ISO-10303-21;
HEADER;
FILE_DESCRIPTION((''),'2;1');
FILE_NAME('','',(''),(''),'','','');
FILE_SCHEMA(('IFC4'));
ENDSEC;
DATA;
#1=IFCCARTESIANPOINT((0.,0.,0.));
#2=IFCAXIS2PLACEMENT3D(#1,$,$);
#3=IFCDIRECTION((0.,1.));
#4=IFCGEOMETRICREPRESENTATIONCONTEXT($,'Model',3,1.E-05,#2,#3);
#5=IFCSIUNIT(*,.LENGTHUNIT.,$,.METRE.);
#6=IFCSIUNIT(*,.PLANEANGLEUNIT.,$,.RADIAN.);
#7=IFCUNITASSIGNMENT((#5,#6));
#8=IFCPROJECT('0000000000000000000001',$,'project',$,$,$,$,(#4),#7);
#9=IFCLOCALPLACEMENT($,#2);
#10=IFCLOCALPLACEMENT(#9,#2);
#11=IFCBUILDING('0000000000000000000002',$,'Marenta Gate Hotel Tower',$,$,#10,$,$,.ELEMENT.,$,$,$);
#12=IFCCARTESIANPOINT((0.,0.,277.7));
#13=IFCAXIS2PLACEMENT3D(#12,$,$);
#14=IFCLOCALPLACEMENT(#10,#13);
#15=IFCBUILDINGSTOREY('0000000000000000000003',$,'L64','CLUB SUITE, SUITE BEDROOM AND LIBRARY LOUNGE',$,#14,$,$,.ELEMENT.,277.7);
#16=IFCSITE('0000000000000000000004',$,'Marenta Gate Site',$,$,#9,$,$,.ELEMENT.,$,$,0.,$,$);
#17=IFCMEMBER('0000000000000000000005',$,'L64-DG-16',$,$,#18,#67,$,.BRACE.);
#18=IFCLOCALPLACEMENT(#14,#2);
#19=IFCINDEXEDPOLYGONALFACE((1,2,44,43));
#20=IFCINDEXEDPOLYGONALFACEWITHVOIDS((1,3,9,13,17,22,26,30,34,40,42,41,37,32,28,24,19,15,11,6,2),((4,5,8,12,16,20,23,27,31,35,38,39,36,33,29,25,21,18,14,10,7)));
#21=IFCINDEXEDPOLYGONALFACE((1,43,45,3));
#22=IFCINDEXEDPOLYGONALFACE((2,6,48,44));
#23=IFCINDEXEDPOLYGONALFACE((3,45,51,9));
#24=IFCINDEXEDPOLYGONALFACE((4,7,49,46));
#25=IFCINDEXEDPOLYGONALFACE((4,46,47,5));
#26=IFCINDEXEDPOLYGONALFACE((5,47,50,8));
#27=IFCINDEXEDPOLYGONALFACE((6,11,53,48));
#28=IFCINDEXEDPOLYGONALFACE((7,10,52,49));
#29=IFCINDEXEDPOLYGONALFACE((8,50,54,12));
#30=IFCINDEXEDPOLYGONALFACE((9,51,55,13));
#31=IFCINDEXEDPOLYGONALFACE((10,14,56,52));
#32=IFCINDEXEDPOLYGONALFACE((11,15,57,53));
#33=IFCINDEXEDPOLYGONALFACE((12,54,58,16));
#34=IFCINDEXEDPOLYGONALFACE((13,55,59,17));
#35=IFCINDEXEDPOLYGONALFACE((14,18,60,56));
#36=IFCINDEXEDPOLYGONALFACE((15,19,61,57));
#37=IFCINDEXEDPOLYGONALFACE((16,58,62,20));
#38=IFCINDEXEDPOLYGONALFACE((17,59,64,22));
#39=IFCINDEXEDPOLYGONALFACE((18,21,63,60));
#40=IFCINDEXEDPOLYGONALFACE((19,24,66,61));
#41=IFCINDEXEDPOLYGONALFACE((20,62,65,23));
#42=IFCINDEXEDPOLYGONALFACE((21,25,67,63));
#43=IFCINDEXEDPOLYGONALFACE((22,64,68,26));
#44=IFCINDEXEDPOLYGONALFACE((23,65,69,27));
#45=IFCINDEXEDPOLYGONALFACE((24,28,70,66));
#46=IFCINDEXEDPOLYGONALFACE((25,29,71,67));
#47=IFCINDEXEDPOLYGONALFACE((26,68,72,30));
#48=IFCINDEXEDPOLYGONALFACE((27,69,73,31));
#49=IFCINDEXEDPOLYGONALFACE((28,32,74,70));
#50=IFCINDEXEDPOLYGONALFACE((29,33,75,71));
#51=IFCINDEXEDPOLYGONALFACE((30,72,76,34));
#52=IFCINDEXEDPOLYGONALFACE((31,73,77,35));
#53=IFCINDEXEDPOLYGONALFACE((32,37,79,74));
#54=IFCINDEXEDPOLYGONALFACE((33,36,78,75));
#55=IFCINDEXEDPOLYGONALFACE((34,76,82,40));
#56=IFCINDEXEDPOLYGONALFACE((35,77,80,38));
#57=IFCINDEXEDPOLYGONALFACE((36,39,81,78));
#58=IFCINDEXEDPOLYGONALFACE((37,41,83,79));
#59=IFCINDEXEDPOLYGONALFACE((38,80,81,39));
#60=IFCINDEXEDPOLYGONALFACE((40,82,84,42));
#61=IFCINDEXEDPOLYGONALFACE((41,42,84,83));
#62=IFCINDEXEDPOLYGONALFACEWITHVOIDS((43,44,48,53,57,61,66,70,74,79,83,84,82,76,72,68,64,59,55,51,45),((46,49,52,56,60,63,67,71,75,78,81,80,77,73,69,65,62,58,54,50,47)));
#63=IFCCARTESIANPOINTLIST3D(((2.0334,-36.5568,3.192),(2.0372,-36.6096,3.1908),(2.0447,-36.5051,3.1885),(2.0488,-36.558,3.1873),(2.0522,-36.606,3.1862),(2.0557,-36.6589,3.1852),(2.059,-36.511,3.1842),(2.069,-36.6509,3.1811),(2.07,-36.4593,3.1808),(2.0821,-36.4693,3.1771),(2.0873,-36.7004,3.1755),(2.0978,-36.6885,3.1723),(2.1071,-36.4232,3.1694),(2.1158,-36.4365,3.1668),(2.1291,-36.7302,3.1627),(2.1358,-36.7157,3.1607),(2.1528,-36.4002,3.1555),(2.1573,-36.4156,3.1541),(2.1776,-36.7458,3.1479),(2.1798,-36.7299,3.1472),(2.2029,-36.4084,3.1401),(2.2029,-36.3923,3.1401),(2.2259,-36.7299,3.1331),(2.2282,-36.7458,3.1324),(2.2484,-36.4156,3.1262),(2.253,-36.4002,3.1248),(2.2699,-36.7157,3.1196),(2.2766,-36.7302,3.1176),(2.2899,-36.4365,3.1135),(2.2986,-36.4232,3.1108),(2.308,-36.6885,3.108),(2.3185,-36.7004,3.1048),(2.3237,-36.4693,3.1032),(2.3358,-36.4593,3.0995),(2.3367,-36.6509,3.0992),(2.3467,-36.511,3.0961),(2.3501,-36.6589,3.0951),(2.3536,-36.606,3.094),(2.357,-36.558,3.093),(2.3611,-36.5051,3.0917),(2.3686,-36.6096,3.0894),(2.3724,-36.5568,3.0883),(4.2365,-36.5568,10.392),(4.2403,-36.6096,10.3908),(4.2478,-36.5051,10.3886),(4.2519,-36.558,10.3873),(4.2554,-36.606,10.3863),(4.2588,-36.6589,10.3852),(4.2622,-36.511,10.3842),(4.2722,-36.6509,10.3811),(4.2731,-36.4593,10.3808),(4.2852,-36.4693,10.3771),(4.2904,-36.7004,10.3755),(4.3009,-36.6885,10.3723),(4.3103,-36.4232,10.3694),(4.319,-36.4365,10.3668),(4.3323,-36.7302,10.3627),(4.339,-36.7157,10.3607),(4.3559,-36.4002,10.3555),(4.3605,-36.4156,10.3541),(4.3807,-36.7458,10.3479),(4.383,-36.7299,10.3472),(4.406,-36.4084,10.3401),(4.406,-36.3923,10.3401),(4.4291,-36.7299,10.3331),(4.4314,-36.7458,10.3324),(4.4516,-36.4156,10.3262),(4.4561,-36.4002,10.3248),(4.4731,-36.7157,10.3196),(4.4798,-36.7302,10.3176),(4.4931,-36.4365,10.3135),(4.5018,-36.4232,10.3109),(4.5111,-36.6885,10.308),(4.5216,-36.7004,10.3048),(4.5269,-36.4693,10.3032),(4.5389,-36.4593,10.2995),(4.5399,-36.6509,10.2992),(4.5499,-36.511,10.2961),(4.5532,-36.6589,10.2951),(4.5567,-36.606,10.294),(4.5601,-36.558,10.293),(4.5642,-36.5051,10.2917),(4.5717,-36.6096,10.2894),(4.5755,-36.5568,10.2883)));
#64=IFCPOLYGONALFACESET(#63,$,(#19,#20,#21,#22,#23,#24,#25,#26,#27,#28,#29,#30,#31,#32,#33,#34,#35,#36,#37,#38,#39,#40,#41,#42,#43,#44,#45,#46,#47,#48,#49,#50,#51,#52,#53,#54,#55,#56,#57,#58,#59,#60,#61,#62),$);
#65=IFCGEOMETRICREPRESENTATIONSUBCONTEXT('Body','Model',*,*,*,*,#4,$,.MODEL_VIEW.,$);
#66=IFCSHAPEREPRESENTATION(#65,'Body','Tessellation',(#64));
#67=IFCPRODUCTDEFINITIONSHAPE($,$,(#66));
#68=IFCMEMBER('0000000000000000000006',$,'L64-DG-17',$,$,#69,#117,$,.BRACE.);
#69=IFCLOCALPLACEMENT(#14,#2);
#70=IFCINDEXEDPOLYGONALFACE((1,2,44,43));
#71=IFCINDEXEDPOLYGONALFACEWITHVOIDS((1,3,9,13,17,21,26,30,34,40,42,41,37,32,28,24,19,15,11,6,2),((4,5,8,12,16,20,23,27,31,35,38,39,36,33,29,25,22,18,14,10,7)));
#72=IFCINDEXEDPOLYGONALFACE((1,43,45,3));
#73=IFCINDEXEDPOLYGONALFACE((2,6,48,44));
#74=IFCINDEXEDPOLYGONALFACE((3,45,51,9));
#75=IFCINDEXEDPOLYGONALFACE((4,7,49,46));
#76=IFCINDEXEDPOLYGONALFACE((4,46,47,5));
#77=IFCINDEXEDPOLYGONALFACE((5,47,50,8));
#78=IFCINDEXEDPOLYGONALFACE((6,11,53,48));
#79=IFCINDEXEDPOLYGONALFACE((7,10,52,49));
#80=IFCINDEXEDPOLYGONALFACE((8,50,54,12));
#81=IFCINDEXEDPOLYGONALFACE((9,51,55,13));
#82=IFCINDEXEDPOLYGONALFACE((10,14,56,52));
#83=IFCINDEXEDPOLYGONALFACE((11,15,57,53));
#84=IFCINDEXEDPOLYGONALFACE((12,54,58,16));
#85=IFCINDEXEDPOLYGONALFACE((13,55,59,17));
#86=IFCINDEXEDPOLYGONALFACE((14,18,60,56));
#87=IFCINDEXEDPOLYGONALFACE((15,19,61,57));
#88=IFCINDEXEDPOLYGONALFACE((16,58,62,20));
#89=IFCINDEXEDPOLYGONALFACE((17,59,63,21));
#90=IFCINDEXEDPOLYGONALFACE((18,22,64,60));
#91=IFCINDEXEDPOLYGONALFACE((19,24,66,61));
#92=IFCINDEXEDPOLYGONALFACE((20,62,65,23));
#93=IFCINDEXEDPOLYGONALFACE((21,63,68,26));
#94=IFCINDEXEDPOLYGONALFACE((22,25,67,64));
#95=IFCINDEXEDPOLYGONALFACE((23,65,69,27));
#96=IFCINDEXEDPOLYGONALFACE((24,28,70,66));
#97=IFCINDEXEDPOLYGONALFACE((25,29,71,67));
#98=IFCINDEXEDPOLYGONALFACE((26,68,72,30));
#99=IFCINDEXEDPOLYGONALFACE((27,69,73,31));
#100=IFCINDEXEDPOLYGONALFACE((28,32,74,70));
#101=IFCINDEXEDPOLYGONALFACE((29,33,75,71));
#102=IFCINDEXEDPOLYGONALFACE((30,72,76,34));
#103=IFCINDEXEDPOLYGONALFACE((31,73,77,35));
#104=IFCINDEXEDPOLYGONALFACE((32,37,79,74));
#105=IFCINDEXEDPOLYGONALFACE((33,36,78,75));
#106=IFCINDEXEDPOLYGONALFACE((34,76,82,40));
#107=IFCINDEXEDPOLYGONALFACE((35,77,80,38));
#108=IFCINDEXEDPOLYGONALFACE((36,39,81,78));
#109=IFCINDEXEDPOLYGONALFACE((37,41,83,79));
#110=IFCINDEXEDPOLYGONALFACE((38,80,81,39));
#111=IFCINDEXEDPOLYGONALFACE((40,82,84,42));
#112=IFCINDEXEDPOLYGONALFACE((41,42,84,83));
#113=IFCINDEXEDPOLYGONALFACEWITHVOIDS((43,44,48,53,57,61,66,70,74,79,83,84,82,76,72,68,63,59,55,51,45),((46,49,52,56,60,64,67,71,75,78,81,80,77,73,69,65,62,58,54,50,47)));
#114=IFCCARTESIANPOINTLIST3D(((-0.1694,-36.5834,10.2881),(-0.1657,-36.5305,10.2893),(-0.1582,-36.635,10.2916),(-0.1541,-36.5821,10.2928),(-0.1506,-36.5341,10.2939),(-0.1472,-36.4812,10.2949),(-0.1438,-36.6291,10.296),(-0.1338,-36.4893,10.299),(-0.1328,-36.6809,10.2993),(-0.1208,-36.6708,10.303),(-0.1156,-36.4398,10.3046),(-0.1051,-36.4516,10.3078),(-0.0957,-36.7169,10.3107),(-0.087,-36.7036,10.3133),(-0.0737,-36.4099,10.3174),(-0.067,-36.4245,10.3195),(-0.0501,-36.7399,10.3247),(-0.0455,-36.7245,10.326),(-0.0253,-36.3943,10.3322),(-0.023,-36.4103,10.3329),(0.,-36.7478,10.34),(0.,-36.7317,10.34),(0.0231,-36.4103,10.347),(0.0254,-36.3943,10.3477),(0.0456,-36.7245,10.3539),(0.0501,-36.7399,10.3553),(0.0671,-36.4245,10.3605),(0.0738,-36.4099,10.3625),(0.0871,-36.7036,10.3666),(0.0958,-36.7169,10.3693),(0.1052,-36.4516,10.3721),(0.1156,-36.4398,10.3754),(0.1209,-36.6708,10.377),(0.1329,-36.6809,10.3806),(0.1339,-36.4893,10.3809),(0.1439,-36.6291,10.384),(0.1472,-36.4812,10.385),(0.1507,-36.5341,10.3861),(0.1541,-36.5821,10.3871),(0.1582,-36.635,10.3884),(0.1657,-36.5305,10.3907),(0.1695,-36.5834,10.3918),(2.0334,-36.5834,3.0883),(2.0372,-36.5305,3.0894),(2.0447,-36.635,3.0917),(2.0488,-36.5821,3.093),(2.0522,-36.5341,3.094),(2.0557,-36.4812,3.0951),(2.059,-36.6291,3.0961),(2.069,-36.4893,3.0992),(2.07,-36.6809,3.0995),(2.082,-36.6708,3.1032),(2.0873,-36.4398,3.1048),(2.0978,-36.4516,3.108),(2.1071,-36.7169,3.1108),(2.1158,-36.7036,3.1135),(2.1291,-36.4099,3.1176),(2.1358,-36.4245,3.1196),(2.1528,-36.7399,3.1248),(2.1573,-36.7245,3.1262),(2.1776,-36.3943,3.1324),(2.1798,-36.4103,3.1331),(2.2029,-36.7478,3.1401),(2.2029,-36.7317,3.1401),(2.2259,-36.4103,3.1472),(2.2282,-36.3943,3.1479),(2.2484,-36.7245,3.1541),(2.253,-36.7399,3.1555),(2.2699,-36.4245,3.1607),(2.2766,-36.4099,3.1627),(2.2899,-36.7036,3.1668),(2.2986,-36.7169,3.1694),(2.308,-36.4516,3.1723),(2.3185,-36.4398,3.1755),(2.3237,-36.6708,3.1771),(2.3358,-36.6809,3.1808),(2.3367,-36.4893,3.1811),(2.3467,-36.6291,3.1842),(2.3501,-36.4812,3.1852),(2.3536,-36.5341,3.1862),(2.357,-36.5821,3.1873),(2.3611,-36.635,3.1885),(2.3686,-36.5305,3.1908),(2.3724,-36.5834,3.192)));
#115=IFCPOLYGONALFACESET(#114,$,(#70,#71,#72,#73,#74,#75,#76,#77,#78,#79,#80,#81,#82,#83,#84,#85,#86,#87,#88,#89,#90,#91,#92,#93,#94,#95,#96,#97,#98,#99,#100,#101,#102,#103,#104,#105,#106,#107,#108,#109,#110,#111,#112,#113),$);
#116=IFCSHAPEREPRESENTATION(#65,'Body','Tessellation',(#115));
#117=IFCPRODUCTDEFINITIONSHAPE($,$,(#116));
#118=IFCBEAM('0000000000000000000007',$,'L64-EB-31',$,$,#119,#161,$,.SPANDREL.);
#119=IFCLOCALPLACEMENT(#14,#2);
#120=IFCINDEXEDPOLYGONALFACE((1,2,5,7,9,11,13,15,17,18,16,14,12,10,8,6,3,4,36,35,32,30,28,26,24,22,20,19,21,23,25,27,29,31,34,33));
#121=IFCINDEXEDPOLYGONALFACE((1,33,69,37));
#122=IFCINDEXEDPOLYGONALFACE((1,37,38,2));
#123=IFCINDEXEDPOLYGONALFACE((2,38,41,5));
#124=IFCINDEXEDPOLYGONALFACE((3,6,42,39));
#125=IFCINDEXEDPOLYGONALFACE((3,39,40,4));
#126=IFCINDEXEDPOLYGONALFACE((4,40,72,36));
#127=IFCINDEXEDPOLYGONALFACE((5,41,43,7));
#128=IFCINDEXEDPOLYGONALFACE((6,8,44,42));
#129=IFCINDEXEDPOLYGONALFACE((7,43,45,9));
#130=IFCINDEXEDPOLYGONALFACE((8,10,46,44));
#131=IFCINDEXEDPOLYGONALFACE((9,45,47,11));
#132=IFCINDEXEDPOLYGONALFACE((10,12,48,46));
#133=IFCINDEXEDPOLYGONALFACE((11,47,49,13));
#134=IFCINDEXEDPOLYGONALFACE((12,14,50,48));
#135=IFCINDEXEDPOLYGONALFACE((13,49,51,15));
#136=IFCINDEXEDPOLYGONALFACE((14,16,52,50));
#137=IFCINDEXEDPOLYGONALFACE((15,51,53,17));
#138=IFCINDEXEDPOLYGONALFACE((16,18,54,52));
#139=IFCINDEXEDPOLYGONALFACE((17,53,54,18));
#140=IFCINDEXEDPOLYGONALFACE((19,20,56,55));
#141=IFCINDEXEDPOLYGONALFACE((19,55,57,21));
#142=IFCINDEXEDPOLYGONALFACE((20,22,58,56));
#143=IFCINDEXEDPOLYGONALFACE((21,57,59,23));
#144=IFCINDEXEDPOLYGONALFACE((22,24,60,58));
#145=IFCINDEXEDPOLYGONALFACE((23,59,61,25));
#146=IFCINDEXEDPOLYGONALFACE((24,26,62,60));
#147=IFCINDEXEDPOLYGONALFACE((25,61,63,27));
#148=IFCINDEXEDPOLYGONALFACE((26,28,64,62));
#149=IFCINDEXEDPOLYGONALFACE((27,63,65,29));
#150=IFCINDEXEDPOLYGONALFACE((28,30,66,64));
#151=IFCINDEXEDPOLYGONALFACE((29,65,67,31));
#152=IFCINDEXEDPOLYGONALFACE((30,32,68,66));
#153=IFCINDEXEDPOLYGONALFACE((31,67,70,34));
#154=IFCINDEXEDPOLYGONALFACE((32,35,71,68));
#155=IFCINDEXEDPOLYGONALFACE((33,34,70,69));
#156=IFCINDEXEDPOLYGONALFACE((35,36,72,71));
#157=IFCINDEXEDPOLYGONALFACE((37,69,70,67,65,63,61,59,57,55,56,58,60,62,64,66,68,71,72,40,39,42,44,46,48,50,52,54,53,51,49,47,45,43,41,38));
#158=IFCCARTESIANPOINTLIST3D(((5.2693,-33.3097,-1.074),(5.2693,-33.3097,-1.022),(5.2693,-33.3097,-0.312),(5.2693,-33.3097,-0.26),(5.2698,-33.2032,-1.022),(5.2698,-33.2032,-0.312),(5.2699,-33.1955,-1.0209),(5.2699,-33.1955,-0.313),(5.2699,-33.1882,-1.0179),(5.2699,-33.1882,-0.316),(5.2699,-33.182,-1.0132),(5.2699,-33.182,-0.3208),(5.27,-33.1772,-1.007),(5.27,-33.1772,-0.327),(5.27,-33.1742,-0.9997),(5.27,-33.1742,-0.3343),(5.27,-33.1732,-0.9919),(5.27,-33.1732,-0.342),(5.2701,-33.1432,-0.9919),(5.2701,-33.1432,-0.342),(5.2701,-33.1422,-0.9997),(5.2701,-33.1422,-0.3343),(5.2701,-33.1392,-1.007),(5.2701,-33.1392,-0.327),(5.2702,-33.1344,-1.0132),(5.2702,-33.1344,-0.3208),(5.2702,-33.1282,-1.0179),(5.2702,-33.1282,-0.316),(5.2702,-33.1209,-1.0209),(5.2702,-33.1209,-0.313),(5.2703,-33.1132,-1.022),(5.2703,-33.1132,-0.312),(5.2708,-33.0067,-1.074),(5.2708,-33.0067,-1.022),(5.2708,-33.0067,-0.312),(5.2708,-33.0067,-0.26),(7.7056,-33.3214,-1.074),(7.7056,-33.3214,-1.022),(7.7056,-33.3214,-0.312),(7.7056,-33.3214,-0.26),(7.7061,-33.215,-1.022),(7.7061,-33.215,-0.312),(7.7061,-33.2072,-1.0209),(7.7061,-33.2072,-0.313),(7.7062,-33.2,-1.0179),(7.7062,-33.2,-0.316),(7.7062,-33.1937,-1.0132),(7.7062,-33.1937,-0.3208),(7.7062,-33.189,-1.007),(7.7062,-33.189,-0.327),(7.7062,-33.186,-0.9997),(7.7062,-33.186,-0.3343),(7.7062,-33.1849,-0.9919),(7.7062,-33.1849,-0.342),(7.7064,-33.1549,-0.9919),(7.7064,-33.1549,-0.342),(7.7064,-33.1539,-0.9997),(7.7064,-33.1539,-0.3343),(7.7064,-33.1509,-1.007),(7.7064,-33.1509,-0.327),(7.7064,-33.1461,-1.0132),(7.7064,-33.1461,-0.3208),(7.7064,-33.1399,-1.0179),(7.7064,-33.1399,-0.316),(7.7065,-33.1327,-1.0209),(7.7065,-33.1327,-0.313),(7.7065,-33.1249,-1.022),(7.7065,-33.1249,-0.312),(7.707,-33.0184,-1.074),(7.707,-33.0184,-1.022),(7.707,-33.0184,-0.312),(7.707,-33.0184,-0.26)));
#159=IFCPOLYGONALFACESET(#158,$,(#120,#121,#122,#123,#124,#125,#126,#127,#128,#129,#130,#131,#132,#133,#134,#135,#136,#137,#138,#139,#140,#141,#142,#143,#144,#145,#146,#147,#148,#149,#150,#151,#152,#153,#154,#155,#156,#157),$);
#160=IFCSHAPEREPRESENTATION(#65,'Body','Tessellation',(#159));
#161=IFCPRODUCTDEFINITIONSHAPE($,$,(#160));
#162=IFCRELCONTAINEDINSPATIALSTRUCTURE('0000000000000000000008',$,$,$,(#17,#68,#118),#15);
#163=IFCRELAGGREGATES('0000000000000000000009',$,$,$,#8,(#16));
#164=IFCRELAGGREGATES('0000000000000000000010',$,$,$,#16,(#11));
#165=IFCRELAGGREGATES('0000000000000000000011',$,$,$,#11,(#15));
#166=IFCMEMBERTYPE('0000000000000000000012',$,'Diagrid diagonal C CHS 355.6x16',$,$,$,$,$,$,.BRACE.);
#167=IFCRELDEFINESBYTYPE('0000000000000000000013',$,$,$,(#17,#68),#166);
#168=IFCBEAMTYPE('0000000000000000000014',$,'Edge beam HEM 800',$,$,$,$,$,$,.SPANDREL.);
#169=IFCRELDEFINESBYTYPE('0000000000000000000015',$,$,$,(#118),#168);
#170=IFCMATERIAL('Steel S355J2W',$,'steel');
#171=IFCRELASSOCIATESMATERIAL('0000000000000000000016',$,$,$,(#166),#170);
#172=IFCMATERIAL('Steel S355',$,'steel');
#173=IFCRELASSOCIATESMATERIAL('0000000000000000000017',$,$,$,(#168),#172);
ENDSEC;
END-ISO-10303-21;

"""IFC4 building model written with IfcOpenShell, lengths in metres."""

from ifc_helpers import new_model, si_unit, direction, frame, origin, origin_2d, place, context, subcontext, project, spatial, hollow_circle, i_section, extrude, material, material_profile, profile_set, type_object, element, save


model = new_model("IFC4")

# Units and contexts
model_context = context("Model", 3, precision=1e-05, world=origin(), true_north=direction((0.0, 1.0)))
body_context = subcontext(model_context, "Body", "Model", "MODEL_VIEW")
ifc_project = project(units=[si_unit("LENGTHUNIT", "METRE"), si_unit("PLANEANGLEUNIT", "RADIAN")], contexts=[model_context])

# Site, building, storey
site_placement = place(None, origin())
site = spatial("IfcSite", under=ifc_project, at=site_placement, Name="Marenta Gate Site", CompositionType="ELEMENT", RefElevation=0.0)
building_placement = place(site_placement, origin())
building = spatial("IfcBuilding", under=site, at=building_placement, Name="Marenta Gate Hotel Tower", CompositionType="ELEMENT")
storey_placement = place(building_placement, frame((0.0, 0.0, 277.7)))
storey = spatial("IfcBuildingStorey", under=building, at=storey_placement, Name="L64", Description="CLUB SUITE, SUITE BEDROOM AND LIBRARY LOUNGE", CompositionType="ELEMENT", Elevation=277.7)

# Members
ifc_material_1 = material(Name="Steel S355J2W", Category="steel")
ifc_material_profile_1 = material_profile(ifc_material_1, hollow_circle(Radius=0.1777, WallThickness=0.0161, at=origin_2d()), Name="CHS 355.6x16")
ifc_profile_set_1 = profile_set([ifc_material_profile_1], Name="Steel S355J2W")
member_type_1 = type_object("IfcMemberType", Name="Diagrid diagonal C CHS 355.6x16", PredefinedType="BRACE", material=ifc_profile_set_1)
member_1_placement = place(storey_placement, frame((2.2029, -36.5701, 3.1401), z_axis=(0.2926, 0.0, 0.956235), x_axis=(0.0, 1.0, 0.0)))
element("IfcMember", 1, at=member_1_placement, inside=storey, type_object=member_type_1, Name="L64-DG-16", PredefinedType="BRACE", context=body_context, shape_type="SweptSolid", body=[
    extrude(hollow_circle(Radius=0.1777, WallThickness=0.0161, at=origin_2d()), origin(), (0.0, 0.0, 1.0), 7.5295),
])
member_2_placement = place(storey_placement, frame((2.2029, -36.5701, 3.1401), z_axis=(-0.29257, 0.0, 0.956244), x_axis=(0.0, -1.0, 0.0)))
element("IfcMember", 2, at=member_2_placement, inside=storey, type_object=member_type_1, Name="L64-DG-17", PredefinedType="BRACE", context=body_context, shape_type="SweptSolid", body=[
    extrude(hollow_circle(Radius=0.1777, WallThickness=0.0161, at=origin_2d()), origin(), (0.0, 0.0, 1.0), 7.5293),
])

# Beam
ifc_material_2 = material(Name="Steel S355", Category="steel")
ifc_material_profile_2 = material_profile(ifc_material_2, i_section(OverallWidth=0.303, OverallDepth=0.814, WebThickness=0.03, FlangeThickness=0.052, FilletRadius=0.03, at=origin_2d()), Name="HEM 800")
ifc_profile_set_2 = profile_set([ifc_material_profile_2], Name="Steel S355")
beam_type = type_object("IfcBeamType", Name="Edge beam HEM 800", PredefinedType="SPANDREL", material=ifc_profile_set_2)
beam_1_placement = place(storey_placement, frame((7.7063, -33.1699, -0.667), z_axis=(-0.999988, 0.00481, 0.0), x_axis=(-0.00481, -0.999988, 0.0)))
element("IfcBeam", 3, at=beam_1_placement, inside=storey, type_object=beam_type, Name="L64-EB-31", PredefinedType="SPANDREL", context=body_context, shape_type="SweptSolid", body=[
    extrude(i_section(OverallWidth=0.303, OverallDepth=0.814, WebThickness=0.03, FlangeThickness=0.052, FilletRadius=0.03, at=origin_2d()), origin(), (0.0, 0.0, 1.0), 2.4363),
])

save(model, "model.ifc")
